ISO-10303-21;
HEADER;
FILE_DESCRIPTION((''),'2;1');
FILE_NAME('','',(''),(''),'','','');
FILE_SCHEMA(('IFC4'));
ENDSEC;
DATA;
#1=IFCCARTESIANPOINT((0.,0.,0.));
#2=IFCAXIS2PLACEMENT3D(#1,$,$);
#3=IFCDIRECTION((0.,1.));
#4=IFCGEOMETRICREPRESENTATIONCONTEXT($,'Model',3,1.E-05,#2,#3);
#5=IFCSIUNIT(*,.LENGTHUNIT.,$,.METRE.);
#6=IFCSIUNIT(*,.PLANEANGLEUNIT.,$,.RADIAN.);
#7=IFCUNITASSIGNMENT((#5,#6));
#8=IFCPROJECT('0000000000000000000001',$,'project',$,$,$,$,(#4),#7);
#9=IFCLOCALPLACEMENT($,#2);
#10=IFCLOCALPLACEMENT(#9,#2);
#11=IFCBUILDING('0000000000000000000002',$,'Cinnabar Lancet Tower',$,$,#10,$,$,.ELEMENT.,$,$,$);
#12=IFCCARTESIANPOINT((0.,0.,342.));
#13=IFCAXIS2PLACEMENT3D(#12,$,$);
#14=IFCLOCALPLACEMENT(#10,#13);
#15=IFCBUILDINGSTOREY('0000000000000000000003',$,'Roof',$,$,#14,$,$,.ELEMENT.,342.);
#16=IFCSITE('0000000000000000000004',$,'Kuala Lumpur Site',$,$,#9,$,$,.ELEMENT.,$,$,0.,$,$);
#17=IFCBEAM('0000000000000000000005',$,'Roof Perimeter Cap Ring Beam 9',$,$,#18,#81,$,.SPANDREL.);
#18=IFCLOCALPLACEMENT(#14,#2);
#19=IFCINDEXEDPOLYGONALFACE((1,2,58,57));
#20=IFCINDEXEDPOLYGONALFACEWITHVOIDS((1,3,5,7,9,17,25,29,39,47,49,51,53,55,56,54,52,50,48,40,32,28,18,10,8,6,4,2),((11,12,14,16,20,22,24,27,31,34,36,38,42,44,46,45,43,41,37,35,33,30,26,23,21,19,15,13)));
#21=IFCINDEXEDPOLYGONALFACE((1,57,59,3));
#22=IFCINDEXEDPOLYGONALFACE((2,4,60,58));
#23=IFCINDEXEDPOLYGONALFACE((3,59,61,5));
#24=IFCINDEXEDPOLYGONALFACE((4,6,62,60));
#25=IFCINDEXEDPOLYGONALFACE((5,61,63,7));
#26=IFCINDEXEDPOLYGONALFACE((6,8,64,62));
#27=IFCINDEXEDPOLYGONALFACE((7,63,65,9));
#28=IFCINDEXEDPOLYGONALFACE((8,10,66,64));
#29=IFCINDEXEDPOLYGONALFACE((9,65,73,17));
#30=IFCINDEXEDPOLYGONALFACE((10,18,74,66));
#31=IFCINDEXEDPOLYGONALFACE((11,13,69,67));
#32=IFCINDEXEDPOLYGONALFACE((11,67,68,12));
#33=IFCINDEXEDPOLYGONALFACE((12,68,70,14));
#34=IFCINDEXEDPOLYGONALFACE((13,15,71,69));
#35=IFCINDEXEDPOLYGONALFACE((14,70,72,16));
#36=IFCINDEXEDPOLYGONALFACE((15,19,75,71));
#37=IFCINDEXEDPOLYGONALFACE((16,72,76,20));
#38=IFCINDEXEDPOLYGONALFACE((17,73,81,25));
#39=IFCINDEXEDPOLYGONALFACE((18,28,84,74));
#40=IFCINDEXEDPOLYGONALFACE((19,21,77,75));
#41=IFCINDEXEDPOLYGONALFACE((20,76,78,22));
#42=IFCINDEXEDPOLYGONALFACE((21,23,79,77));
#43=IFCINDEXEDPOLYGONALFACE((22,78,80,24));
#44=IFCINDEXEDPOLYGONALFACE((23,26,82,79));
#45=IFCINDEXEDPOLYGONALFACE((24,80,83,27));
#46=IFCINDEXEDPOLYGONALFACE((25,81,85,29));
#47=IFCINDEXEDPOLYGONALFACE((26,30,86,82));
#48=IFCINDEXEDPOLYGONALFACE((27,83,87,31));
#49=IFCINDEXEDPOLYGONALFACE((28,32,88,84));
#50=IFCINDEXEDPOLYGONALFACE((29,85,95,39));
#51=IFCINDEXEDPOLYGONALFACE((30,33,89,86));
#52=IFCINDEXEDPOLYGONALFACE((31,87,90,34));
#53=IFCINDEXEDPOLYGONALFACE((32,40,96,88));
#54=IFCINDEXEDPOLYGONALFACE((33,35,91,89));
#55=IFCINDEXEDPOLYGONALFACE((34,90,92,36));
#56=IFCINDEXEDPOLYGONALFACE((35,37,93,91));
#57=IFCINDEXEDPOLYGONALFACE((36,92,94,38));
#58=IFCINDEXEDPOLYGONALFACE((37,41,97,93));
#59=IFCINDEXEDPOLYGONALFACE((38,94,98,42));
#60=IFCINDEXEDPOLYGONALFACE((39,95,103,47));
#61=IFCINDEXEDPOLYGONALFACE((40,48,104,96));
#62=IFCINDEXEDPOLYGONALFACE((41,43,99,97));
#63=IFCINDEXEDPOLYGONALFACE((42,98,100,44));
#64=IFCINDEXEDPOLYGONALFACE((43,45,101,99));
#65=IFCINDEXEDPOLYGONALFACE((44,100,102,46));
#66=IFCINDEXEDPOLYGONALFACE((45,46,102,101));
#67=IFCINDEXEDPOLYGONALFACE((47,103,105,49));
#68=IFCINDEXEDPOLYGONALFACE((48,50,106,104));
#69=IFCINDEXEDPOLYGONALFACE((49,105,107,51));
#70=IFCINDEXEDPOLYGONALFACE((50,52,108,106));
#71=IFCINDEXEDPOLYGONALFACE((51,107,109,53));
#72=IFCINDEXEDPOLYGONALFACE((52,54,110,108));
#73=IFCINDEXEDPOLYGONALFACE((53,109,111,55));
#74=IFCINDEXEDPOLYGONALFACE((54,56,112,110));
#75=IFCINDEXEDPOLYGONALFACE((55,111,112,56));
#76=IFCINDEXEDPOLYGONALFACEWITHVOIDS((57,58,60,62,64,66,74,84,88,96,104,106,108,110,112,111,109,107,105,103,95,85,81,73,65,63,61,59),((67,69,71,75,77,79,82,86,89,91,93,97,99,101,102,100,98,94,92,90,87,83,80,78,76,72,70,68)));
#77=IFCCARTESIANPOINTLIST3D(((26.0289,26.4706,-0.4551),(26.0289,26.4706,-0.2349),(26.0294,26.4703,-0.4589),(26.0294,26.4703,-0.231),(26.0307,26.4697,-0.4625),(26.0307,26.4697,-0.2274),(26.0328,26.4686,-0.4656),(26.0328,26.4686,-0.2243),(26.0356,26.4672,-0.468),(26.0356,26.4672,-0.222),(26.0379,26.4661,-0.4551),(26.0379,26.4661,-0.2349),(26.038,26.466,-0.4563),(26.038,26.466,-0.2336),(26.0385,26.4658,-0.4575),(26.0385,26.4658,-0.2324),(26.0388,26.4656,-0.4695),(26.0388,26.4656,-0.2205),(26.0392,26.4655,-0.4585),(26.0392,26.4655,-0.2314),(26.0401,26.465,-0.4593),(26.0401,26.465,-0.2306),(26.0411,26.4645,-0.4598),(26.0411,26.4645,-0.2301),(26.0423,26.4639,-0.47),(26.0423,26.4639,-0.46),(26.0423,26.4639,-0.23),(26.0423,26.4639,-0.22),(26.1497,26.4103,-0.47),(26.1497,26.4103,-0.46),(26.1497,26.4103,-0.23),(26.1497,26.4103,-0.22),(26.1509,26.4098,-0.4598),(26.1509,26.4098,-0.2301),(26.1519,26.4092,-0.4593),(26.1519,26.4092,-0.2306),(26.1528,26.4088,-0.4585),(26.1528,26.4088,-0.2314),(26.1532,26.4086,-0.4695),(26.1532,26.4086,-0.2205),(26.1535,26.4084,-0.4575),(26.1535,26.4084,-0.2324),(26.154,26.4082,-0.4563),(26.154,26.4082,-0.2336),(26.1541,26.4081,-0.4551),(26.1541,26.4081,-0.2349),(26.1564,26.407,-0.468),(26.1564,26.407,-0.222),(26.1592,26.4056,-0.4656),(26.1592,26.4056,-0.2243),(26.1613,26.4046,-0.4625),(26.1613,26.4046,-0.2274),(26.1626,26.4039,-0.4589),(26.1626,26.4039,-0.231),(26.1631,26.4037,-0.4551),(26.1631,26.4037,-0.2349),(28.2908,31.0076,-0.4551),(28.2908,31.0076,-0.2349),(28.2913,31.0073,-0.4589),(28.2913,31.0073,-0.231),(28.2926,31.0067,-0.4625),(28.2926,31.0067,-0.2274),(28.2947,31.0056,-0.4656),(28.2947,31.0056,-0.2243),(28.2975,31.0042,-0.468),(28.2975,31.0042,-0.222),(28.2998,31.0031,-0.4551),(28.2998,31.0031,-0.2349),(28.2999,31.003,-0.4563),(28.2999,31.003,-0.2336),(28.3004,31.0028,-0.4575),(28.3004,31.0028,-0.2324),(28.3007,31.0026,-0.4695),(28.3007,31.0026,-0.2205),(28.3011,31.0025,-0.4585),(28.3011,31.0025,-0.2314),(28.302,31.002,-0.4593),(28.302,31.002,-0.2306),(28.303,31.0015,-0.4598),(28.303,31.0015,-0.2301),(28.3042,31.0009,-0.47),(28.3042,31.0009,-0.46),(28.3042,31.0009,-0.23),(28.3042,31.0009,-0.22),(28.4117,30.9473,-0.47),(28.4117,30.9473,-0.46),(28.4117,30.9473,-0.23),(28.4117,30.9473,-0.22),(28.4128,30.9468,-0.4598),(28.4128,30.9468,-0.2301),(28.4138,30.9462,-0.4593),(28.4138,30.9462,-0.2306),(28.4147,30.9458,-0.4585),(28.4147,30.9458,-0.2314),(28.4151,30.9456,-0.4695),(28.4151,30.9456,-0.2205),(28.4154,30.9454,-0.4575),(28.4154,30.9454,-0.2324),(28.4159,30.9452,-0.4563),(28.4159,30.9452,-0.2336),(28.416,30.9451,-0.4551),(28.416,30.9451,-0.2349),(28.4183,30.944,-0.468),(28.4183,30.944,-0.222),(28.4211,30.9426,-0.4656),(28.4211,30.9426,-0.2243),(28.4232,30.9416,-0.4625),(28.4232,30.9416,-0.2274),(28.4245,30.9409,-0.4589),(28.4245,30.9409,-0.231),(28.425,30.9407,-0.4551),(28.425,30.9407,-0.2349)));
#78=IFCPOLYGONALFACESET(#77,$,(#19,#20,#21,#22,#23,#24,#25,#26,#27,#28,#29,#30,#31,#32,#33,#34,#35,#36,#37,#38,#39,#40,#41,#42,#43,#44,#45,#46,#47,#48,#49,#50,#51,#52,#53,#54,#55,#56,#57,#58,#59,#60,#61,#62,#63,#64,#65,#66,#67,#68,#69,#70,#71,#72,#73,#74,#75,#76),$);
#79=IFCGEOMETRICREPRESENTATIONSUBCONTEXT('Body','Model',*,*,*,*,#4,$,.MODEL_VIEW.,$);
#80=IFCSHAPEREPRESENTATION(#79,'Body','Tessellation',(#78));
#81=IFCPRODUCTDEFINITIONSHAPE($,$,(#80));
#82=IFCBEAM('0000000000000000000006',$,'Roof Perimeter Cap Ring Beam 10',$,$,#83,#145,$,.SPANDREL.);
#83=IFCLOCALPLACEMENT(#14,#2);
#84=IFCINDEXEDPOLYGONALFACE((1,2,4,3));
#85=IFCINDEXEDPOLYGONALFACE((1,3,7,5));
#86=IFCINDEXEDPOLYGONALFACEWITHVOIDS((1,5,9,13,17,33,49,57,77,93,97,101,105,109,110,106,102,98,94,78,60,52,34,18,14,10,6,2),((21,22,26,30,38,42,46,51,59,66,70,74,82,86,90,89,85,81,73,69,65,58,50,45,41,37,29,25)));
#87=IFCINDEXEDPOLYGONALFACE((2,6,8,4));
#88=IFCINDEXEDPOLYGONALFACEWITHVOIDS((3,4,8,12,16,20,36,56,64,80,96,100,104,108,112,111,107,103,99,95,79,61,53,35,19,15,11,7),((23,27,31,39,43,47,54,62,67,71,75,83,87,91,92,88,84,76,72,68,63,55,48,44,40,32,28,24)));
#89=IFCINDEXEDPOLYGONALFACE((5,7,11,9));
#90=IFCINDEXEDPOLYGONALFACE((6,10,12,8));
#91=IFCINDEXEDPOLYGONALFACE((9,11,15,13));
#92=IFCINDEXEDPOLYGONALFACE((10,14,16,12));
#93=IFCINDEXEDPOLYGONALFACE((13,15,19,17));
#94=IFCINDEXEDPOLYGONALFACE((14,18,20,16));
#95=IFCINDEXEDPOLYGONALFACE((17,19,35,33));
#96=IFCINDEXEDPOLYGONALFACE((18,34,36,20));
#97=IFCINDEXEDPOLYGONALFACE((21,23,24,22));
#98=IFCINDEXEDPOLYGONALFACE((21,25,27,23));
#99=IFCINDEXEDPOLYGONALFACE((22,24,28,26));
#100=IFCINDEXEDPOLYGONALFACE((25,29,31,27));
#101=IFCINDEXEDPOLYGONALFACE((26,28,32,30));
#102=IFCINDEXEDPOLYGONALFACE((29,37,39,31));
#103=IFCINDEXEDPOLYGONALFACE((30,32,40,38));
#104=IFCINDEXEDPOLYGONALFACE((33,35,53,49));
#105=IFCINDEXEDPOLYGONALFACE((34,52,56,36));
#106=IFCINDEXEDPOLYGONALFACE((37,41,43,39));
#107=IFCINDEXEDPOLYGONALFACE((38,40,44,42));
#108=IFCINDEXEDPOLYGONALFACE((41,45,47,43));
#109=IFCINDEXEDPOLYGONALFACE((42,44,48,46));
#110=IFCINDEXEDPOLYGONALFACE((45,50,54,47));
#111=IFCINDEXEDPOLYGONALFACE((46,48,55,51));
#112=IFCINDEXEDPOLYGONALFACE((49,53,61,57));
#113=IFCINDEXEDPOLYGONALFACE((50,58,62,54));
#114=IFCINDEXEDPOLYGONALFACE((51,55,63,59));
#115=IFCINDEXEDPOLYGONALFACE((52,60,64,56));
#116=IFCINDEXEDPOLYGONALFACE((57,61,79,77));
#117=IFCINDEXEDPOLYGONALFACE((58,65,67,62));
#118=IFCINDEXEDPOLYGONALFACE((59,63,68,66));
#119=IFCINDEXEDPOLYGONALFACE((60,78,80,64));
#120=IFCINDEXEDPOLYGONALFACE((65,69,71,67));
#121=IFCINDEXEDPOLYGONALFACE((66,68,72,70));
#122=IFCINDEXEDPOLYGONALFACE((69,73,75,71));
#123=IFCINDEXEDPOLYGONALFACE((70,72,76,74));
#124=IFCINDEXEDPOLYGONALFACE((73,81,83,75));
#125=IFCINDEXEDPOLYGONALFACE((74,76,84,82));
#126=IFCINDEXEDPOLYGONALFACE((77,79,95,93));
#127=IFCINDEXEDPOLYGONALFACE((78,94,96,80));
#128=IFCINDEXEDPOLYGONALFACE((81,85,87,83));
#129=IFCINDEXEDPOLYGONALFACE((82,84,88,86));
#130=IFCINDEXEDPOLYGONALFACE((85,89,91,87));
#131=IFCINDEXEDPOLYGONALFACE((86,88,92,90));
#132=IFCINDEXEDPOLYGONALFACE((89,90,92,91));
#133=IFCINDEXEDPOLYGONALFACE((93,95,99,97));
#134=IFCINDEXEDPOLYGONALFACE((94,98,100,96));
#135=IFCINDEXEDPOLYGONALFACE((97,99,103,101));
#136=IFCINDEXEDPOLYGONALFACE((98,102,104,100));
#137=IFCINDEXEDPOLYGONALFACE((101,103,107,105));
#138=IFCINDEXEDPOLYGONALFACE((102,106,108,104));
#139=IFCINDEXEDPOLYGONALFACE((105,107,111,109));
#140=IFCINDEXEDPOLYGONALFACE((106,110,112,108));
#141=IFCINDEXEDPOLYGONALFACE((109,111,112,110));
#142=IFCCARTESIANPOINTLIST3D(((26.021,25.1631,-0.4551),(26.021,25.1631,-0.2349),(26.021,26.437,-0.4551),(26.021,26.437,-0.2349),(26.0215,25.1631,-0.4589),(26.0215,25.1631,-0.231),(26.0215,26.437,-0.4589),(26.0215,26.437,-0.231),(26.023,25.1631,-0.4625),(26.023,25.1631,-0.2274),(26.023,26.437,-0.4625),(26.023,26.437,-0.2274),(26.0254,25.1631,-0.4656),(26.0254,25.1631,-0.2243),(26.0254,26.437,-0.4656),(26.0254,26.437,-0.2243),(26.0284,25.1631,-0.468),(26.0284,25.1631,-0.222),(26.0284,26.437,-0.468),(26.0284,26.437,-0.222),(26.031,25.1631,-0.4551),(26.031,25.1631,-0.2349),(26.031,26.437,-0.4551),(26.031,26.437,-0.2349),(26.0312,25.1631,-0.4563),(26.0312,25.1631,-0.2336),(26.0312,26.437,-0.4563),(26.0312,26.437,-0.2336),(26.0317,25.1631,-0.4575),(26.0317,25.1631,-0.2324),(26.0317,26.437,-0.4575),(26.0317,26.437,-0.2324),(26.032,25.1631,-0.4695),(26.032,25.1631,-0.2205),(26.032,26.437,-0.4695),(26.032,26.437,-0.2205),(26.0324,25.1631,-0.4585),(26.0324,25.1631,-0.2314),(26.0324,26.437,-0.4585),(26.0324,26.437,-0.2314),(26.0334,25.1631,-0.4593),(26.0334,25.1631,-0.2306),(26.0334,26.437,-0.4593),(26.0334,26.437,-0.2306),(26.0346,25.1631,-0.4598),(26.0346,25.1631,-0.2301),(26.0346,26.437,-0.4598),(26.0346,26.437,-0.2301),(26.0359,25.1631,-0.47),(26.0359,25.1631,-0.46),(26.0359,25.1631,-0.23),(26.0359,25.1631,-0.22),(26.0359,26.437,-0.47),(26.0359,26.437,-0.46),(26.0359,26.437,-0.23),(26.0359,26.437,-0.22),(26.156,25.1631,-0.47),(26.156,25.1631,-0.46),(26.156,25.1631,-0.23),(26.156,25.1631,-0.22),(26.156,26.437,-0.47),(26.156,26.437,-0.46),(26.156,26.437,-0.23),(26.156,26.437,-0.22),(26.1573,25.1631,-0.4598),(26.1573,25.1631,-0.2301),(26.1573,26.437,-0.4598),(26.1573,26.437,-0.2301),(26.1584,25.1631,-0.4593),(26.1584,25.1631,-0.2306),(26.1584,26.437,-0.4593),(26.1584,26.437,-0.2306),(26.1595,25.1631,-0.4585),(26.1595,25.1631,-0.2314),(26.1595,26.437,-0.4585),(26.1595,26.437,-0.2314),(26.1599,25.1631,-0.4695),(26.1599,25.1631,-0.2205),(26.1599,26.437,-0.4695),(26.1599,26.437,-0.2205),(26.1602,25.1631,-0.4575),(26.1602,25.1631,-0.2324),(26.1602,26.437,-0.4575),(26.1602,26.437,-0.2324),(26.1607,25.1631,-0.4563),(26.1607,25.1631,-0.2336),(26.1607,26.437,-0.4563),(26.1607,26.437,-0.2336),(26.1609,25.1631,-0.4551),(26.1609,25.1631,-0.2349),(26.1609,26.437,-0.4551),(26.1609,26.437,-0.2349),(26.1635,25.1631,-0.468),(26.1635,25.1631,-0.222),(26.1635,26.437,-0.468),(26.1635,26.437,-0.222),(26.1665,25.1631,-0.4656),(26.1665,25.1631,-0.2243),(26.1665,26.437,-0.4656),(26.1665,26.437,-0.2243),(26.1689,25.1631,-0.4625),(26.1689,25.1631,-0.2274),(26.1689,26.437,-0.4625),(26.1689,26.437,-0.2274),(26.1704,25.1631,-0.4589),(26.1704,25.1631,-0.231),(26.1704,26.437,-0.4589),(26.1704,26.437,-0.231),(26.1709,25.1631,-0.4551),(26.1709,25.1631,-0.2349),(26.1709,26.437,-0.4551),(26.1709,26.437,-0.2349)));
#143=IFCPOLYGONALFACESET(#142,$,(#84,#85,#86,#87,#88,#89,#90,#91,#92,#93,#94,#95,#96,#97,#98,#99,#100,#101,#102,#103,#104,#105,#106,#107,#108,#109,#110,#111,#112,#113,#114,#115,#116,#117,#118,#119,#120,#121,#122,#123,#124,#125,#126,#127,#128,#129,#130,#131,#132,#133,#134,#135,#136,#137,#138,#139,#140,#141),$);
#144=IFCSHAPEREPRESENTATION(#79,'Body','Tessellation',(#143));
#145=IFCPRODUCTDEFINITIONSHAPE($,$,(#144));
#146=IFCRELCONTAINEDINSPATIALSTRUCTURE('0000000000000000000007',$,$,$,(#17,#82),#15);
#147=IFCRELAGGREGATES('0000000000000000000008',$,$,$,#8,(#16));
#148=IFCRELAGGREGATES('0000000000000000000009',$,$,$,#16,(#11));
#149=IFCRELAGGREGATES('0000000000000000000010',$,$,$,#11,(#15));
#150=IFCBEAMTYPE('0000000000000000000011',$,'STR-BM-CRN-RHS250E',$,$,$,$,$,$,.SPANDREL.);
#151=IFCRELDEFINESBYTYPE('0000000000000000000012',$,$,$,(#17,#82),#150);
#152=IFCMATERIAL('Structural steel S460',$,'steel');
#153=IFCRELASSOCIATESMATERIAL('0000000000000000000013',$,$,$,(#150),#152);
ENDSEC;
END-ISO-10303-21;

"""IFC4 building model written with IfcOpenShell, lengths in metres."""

from ifc_helpers import new_model, si_unit, direction, frame, origin, origin_2d, place, context, subcontext, project, spatial, hollow_rectangle, extrude, material, material_profile, profile_set, type_object, element, save


model = new_model("IFC4")

# Units and contexts
model_context = context("Model", 3, precision=1e-05, world=origin(), true_north=direction((0.0, 1.0)))
body_context = subcontext(model_context, "Body", "Model", "MODEL_VIEW")
ifc_project = project(units=[si_unit("LENGTHUNIT", "METRE"), si_unit("PLANEANGLEUNIT", "RADIAN")], contexts=[model_context])

# Site, building, storey
site_placement = place(None, origin())
site = spatial("IfcSite", under=ifc_project, at=site_placement, Name="Kuala Lumpur Site", CompositionType="ELEMENT", RefElevation=0.0)
building_placement = place(site_placement, origin())
building = spatial("IfcBuilding", under=site, at=building_placement, Name="Cinnabar Lancet Tower", CompositionType="ELEMENT")
storey_placement = place(building_placement, frame((0.0, 0.0, 342.0)))
storey = spatial("IfcBuildingStorey", under=building, at=storey_placement, Name="Roof", CompositionType="ELEMENT", Elevation=342.0)

# Beams
ifc_material_1 = material(Name="Structural steel S460", Category="steel")
ifc_material_profile_1 = material_profile(ifc_material_1, hollow_rectangle(XDim=0.1499, YDim=0.25, WallThickness=0.01, InnerFilletRadius=0.0049, OuterFilletRadius=0.0149, at=origin_2d()), Name="RHS 250x150x10")
ifc_profile_set_1 = profile_set([ifc_material_profile_1], Name="Structural steel S460")
beam_type_1 = type_object("IfcBeamType", Name="STR-BM-CRN-RHS250E", PredefinedType="SPANDREL", material=ifc_profile_set_1)
beam_1_placement = place(storey_placement, frame((28.3579, 30.9741, -0.345), z_axis=(-0.446173, -0.894947, 0.0), x_axis=(0.894947, -0.446173, 0.0)))
element("IfcBeam", 1, at=beam_1_placement, inside=storey, type_object=beam_type_1, Name="Roof Perimeter Cap Ring Beam 9", PredefinedType="SPANDREL", context=body_context, shape_type="SweptSolid", body=[
    extrude(hollow_rectangle(XDim=0.1499, YDim=0.25, WallThickness=0.01, InnerFilletRadius=0.0049, OuterFilletRadius=0.0149, at=origin_2d()), origin(), (0.0, 0.0, 1.0), 5.0696),
])
beam_2_placement = place(storey_placement, frame((26.0959, 26.437, -0.345), z_axis=(0.0, -1.0, 0.0), x_axis=(1.0, 0.0, 0.0)))
element("IfcBeam", 2, at=beam_2_placement, inside=storey, type_object=beam_type_1, Name="Roof Perimeter Cap Ring Beam 10", PredefinedType="SPANDREL", context=body_context, shape_type="SweptSolid", body=[
    extrude(hollow_rectangle(XDim=0.1499, YDim=0.25, WallThickness=0.01, InnerFilletRadius=0.0049, OuterFilletRadius=0.0149, at=origin_2d()), origin(), (0.0, 0.0, 1.0), 1.2739),
])

save(model, "model.ifc")
